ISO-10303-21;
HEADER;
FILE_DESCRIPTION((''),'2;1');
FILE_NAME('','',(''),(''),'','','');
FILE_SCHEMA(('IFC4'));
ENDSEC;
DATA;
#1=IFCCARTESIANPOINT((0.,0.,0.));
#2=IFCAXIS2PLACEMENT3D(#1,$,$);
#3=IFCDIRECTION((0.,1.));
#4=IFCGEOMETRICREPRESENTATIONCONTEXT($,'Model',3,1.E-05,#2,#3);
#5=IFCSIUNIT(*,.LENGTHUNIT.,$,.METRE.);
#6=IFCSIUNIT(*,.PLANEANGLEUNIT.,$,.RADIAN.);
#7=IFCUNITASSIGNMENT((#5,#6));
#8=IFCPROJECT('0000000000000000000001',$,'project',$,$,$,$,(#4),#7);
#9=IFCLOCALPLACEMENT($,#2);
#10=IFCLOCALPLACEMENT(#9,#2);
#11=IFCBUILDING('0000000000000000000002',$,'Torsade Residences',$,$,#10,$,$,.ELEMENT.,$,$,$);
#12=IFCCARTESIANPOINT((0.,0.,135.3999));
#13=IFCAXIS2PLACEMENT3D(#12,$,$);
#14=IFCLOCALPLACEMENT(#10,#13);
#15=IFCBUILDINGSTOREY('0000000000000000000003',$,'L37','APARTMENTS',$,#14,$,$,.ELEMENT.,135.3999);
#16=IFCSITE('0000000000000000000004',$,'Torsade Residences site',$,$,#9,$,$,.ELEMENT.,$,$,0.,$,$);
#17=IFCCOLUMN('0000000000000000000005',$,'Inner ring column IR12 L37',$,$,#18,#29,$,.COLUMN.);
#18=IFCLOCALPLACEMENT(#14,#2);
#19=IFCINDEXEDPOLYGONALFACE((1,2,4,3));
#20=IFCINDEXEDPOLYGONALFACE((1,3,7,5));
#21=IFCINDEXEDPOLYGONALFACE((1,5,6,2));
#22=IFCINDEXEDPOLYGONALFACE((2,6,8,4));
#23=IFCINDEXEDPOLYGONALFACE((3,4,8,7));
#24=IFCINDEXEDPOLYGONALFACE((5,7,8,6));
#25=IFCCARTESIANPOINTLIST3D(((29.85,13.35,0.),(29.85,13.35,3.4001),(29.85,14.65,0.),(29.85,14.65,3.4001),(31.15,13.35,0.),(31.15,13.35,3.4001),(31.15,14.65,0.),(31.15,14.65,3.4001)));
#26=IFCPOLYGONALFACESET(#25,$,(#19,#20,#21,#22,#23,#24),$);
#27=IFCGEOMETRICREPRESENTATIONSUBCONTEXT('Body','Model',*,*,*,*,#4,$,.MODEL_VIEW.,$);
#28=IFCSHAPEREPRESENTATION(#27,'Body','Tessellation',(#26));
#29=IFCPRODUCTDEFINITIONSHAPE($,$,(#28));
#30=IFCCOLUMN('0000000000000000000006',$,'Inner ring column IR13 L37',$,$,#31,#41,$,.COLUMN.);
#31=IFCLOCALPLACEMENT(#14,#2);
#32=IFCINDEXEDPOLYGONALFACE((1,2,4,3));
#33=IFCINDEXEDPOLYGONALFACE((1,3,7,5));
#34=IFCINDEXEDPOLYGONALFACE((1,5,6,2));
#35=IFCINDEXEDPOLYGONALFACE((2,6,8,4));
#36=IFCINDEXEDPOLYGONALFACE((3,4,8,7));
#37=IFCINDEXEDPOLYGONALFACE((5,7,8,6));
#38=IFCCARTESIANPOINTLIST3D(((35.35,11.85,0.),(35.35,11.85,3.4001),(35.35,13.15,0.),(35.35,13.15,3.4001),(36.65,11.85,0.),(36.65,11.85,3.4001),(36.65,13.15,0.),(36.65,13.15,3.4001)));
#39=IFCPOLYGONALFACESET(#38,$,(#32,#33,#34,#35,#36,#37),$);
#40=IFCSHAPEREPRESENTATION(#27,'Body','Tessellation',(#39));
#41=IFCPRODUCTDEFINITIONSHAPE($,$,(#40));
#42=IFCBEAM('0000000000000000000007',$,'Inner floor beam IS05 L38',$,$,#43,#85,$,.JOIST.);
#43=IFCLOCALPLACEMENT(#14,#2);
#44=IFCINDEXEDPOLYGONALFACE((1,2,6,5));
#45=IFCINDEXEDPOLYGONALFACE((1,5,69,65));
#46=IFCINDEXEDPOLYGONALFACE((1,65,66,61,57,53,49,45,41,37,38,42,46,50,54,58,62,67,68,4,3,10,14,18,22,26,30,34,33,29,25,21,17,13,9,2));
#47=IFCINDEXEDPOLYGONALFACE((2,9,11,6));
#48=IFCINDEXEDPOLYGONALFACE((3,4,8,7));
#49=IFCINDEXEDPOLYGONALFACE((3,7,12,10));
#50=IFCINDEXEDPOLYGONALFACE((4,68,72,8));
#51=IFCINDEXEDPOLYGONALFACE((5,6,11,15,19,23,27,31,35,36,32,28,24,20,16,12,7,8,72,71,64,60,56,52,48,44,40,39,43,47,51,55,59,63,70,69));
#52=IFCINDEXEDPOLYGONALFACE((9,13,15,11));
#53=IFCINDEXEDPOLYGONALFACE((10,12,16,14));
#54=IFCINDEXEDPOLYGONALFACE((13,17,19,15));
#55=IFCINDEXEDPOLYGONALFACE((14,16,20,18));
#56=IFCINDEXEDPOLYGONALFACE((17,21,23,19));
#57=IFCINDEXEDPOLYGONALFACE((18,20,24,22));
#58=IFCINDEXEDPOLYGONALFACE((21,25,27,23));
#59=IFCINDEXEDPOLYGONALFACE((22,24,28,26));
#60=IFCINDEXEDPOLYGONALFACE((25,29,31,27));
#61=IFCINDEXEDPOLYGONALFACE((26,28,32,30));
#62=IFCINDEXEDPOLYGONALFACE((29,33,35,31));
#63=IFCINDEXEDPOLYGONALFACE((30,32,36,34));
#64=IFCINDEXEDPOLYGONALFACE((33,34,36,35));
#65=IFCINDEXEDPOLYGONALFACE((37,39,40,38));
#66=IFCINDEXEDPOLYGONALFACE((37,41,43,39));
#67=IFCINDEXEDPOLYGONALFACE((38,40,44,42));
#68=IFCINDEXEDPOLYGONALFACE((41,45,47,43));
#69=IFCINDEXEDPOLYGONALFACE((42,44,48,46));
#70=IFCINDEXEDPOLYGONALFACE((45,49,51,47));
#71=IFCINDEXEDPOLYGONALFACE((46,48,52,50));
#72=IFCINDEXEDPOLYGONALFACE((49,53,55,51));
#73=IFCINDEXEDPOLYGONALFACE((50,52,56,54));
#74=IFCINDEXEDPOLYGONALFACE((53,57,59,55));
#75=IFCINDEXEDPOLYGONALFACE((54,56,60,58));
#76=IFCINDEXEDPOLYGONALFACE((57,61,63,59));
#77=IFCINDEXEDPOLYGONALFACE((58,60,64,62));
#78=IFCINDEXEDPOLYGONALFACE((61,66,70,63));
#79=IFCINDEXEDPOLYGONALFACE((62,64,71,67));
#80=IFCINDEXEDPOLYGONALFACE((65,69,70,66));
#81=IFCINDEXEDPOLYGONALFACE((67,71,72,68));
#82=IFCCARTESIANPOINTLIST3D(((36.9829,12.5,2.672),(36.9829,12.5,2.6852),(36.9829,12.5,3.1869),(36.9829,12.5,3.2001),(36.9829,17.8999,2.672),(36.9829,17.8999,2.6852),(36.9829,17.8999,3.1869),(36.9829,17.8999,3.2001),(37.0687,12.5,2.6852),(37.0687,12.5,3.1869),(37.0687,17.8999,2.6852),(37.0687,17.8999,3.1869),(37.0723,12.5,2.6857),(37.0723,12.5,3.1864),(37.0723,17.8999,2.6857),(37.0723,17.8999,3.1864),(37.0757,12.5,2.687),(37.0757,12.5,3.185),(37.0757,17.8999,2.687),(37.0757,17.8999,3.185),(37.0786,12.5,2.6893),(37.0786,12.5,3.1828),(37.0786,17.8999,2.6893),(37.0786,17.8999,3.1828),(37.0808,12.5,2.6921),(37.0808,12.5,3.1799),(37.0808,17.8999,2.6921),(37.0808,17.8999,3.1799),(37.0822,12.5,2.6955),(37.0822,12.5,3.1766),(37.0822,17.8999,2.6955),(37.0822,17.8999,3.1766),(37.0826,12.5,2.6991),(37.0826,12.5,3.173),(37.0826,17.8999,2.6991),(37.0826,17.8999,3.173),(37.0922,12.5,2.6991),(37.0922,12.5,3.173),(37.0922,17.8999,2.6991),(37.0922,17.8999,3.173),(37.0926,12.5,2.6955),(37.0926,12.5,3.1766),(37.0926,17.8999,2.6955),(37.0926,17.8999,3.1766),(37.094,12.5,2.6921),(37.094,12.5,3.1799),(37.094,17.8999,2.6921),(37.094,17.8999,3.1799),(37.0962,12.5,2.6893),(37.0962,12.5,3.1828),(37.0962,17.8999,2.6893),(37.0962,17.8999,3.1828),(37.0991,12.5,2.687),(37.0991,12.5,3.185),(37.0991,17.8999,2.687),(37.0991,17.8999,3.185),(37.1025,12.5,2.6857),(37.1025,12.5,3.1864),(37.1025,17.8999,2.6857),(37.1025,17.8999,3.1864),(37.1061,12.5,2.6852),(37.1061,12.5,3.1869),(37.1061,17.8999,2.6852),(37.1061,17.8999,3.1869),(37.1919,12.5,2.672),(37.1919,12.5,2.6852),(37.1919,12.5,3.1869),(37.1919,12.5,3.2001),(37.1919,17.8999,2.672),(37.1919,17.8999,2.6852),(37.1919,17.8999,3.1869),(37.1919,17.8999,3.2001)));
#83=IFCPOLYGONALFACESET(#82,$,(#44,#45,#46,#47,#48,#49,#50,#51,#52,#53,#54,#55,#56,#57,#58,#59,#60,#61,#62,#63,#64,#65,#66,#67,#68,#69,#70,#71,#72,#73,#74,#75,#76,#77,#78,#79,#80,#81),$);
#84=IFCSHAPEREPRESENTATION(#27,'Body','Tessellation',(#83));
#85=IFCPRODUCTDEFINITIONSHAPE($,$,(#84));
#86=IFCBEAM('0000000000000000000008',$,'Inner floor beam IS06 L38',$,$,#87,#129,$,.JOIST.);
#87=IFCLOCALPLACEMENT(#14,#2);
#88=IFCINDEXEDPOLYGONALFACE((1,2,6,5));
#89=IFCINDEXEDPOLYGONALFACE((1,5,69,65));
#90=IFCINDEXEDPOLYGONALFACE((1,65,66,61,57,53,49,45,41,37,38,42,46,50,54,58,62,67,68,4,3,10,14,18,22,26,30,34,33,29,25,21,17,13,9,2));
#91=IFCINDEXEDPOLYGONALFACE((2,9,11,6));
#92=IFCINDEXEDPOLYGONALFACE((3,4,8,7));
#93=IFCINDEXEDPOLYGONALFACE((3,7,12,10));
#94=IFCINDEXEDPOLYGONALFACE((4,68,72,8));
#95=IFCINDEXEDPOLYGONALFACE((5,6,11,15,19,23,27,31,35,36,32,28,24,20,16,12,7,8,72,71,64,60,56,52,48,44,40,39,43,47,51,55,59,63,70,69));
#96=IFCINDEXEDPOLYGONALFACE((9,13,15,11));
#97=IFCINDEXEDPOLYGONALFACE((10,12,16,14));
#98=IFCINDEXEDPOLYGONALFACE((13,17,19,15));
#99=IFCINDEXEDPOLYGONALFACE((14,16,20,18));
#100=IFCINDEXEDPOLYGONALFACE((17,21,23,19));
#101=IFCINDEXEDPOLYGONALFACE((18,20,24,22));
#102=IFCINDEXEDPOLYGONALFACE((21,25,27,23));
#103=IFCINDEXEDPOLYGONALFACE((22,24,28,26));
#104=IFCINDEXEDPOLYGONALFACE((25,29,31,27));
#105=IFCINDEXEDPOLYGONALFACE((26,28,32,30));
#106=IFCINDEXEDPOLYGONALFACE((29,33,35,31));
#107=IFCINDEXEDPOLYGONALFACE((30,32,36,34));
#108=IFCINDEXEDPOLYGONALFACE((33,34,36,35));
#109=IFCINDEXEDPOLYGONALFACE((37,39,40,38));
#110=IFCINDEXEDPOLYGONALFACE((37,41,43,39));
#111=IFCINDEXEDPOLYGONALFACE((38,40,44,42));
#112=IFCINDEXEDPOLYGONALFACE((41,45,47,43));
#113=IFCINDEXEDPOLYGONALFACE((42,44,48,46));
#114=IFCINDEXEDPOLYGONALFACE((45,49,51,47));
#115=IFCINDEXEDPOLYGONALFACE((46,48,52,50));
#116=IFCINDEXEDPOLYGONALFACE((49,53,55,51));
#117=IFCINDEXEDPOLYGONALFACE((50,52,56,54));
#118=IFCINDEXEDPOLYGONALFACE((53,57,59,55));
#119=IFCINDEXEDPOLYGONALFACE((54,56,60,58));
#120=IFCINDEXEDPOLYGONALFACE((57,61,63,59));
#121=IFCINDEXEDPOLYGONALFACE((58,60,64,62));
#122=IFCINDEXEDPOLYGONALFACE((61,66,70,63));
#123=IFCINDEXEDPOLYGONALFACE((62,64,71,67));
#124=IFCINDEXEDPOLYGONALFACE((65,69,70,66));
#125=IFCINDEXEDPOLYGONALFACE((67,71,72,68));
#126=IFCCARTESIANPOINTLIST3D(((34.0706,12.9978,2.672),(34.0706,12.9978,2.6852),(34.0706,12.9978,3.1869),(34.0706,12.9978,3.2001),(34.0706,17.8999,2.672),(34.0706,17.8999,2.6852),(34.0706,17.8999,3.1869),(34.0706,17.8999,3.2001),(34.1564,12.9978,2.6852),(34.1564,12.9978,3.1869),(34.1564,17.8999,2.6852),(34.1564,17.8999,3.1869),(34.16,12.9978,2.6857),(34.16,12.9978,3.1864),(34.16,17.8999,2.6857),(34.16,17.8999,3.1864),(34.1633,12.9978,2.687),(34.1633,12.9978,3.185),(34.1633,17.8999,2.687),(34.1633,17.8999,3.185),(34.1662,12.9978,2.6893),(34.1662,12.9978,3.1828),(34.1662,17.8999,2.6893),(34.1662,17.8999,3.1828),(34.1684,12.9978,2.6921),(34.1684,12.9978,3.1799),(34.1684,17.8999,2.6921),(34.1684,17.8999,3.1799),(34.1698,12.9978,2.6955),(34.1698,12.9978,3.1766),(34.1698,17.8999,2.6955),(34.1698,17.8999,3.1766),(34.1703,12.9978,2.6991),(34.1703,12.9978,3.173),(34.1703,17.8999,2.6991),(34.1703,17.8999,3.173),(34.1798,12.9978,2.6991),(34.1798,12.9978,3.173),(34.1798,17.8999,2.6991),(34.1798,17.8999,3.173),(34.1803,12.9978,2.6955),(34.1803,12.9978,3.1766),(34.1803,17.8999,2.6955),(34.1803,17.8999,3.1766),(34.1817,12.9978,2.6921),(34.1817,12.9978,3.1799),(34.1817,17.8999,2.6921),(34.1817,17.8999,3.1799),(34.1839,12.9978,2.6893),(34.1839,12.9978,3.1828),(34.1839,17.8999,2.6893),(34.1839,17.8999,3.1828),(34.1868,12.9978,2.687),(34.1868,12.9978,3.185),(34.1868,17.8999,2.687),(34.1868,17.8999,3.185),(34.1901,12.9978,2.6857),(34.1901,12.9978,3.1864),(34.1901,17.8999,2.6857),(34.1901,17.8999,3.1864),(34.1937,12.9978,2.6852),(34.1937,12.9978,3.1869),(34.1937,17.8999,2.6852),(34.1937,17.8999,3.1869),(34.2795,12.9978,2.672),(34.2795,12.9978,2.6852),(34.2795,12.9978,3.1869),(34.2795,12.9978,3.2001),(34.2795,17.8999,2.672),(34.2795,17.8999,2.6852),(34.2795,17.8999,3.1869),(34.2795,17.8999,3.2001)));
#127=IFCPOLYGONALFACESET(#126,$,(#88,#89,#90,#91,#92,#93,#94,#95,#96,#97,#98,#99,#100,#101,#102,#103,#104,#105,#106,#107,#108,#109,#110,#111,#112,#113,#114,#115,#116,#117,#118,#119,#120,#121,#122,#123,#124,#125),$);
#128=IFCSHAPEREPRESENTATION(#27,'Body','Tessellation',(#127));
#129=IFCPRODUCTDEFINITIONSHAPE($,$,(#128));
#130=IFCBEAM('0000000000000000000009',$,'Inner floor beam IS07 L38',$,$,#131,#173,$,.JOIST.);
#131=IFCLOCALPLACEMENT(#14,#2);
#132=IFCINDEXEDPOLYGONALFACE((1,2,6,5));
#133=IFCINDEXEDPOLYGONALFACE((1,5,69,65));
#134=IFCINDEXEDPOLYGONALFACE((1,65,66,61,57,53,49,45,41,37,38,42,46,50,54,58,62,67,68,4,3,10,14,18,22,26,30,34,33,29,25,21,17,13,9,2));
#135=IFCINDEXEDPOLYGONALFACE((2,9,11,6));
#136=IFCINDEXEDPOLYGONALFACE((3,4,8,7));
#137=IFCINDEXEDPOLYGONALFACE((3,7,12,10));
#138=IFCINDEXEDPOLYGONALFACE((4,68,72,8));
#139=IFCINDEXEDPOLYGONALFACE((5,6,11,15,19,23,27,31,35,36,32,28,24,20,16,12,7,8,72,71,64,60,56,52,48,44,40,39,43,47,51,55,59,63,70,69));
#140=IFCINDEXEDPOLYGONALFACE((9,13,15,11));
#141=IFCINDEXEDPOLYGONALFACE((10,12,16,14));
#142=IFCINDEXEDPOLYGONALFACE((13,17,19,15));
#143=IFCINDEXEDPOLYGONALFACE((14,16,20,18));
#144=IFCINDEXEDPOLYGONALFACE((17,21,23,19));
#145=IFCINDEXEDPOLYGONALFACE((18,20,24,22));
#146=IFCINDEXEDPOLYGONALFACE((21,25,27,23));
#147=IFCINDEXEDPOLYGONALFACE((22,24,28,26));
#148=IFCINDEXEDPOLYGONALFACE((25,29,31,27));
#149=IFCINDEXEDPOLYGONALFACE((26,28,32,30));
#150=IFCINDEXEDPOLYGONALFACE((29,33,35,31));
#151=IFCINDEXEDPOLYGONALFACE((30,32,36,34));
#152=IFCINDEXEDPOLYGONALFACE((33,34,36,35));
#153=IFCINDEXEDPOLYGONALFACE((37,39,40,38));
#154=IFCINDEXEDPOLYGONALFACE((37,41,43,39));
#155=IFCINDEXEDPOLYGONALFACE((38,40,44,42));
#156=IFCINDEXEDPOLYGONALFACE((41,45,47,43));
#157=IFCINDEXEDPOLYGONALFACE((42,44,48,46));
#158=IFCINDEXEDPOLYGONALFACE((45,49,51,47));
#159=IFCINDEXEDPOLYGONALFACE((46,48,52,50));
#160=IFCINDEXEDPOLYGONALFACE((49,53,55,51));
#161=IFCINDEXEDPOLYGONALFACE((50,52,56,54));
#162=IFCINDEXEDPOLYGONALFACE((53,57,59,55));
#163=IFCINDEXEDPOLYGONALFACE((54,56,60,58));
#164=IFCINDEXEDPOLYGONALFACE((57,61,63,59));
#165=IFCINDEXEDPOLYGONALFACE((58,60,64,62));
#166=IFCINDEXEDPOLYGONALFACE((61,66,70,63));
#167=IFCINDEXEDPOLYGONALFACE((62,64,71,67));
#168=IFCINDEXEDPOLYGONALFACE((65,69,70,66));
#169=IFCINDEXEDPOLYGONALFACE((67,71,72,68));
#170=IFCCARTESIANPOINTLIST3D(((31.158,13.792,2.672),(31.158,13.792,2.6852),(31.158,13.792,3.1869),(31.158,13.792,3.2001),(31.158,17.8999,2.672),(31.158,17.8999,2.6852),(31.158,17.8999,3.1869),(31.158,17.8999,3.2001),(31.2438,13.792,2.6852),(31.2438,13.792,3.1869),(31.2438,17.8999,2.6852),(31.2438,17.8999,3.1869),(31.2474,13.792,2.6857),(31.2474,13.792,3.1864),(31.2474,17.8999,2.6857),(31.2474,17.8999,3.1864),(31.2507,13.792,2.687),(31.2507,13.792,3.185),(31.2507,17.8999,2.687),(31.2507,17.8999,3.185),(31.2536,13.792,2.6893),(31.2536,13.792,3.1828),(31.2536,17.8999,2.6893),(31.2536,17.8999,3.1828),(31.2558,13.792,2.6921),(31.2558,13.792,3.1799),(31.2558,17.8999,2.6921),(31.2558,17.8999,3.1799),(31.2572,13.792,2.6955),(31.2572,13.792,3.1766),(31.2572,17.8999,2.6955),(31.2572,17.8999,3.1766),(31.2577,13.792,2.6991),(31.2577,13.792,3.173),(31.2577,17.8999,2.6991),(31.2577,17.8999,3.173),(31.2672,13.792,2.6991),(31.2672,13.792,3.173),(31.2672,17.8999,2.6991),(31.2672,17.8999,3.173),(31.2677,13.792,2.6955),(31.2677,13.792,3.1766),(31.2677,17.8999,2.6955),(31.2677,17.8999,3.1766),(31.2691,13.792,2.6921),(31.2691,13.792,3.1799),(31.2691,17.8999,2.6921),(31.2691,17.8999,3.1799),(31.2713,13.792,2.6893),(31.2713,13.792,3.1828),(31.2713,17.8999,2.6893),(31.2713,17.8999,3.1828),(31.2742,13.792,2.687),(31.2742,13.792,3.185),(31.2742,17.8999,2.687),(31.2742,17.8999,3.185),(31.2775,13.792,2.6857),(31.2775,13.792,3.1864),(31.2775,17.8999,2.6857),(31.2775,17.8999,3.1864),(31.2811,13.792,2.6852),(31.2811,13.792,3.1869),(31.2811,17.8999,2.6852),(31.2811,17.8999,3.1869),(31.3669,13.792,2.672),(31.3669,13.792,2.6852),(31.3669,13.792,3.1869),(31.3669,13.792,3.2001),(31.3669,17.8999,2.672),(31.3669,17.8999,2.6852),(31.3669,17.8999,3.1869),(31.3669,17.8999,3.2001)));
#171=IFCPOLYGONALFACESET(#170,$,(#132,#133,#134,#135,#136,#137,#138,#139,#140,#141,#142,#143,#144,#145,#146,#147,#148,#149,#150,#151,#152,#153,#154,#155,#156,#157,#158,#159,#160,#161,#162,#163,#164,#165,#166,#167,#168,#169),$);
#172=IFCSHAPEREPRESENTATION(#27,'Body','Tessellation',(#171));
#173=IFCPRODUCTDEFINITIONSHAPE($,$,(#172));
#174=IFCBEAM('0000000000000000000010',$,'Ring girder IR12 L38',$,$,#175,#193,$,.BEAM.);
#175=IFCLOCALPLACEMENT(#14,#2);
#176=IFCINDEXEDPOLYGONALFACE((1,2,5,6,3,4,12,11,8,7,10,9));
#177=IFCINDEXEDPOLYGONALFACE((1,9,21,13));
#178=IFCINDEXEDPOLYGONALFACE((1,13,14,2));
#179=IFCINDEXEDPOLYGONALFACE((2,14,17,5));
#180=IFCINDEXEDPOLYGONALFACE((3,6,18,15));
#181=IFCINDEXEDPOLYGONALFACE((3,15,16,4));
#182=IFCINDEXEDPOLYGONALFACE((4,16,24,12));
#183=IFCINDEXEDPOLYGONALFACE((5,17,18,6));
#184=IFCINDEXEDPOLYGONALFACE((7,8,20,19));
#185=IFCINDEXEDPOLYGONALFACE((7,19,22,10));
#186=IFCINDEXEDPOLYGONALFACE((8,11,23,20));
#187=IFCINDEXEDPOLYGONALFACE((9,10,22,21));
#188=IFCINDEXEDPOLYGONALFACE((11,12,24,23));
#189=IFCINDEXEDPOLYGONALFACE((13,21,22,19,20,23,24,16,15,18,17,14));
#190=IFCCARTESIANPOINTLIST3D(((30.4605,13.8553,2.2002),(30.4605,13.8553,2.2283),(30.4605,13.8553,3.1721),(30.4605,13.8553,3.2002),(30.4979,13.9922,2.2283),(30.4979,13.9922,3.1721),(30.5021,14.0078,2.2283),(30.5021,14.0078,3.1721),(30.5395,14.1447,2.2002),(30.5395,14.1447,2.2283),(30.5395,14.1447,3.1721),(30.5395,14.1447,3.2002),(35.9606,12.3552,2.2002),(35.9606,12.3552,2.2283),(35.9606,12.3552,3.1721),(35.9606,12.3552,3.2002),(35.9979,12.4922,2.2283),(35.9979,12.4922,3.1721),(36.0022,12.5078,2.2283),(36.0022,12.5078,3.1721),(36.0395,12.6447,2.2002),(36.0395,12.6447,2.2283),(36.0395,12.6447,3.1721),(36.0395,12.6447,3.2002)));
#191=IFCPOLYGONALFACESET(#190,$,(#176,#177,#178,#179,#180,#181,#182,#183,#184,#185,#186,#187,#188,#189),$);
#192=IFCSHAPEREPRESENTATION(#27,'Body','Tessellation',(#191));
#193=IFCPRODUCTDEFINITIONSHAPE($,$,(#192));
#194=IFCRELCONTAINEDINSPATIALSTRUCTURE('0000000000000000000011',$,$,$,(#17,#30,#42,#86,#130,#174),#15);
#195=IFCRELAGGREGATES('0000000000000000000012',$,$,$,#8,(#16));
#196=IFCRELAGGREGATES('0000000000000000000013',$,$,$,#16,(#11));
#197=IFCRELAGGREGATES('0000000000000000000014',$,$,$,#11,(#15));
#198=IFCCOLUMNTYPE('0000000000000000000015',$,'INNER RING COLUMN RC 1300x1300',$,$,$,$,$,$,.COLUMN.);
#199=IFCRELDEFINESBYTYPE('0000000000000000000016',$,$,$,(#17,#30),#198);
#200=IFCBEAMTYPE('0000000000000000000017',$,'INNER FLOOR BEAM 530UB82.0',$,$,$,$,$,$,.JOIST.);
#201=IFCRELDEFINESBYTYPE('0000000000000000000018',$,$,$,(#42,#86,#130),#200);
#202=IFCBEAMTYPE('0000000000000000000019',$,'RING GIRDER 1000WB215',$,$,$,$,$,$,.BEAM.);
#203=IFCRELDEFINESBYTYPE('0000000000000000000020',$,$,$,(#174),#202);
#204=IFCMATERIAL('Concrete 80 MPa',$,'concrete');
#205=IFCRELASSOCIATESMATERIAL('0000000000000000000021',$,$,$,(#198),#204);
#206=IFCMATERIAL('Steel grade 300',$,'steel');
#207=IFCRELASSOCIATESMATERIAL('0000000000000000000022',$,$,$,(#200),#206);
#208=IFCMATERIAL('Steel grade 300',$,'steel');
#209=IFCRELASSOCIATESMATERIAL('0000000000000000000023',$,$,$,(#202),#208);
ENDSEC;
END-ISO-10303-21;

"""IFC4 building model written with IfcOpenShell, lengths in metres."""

from ifc_helpers import new_model, si_unit, direction, frame, origin, origin_2d, place, context, subcontext, project, spatial, rectangle, i_section, extrude, material, material_profile, profile_set, type_object, element, save


model = new_model("IFC4")

# Units and contexts
model_context = context("Model", 3, precision=1e-05, world=origin(), true_north=direction((0.0, 1.0)))
body_context = subcontext(model_context, "Body", "Model", "MODEL_VIEW")
ifc_project = project(units=[si_unit("LENGTHUNIT", "METRE"), si_unit("PLANEANGLEUNIT", "RADIAN")], contexts=[model_context])

# Site, building, storey
site_placement = place(None, origin())
site = spatial("IfcSite", under=ifc_project, at=site_placement, Name="Torsade Residences site", CompositionType="ELEMENT", RefElevation=0.0)
building_placement = place(site_placement, origin())
building = spatial("IfcBuilding", under=site, at=building_placement, Name="Torsade Residences", CompositionType="ELEMENT")
storey_placement = place(building_placement, frame((0.0, 0.0, 135.3999)))
storey = spatial("IfcBuildingStorey", under=building, at=storey_placement, Name="L37", Description="APARTMENTS", CompositionType="ELEMENT", Elevation=135.3999)

# Columns
ifc_material_1 = material(Name="Concrete 80 MPa", Category="concrete")
ifc_material_profile_1 = material_profile(ifc_material_1, rectangle(XDim=1.3, YDim=1.3, at=origin_2d()), Name="RC 1300x1300")
ifc_profile_set_1 = profile_set([ifc_material_profile_1], Name="Concrete 80 MPa")
column_type = type_object("IfcColumnType", Name="INNER RING COLUMN RC 1300x1300", PredefinedType="COLUMN", material=ifc_profile_set_1)
for number, where, z_axis, x_axis, name in (
    (1, (30.5, 14.0, 0.0), (0.0, 0.0, 1.0), (1.0, 0.0, 0.0), "Inner ring column IR12 L37"),
    (2, (36.0, 12.5, 0.0), (0.0, 0.0, 1.0), (1.0, 0.0, 0.0), "Inner ring column IR13 L37"),
):
    element("IfcColumn", number, at=place(storey_placement, frame(where, z_axis=z_axis, x_axis=x_axis)), inside=storey, type_object=column_type, Name=name, PredefinedType="COLUMN", context=body_context, shape_type="SweptSolid", body=[
        extrude(rectangle(XDim=1.3, YDim=1.3, at=origin_2d()), origin(), (0.0, 0.0, 1.0), 3.4001),
    ])

# Beams
ifc_material_2 = material(Name="Steel grade 300", Category="steel")
ifc_material_profile_2 = material_profile(ifc_material_2, i_section(OverallWidth=0.209, OverallDepth=0.5281, WebThickness=0.0095, FlangeThickness=0.0132, FilletRadius=0.0139, at=origin_2d()), Name="530UB82.0")
ifc_profile_set_2 = profile_set([ifc_material_profile_2], Name="Steel grade 300")
beam_type_1 = type_object("IfcBeamType", Name="INNER FLOOR BEAM 530UB82.0", PredefinedType="JOIST", material=ifc_profile_set_2)
beam_1_placement = place(storey_placement, frame((37.0874, 17.8999, 2.936), z_axis=(0.0, -1.0, 0.0), x_axis=(1.0, 0.0, 0.0)))
element("IfcBeam", 3, at=beam_1_placement, inside=storey, type_object=beam_type_1, Name="Inner floor beam IS05 L38", PredefinedType="JOIST", context=body_context, shape_type="SweptSolid", body=[
    extrude(i_section(OverallWidth=0.209, OverallDepth=0.5281, WebThickness=0.0095, FlangeThickness=0.0132, FilletRadius=0.0139, at=origin_2d()), origin(), (0.0, 0.0, 1.0), 5.3999),
])
beam_2_placement = place(storey_placement, frame((34.175, 17.8999, 2.936), z_axis=(0.0, -1.0, 0.0), x_axis=(1.0, 0.0, 0.0)))
element("IfcBeam", 4, at=beam_2_placement, inside=storey, type_object=beam_type_1, Name="Inner floor beam IS06 L38", PredefinedType="JOIST", context=body_context, shape_type="SweptSolid", body=[
    extrude(i_section(OverallWidth=0.209, OverallDepth=0.5281, WebThickness=0.0095, FlangeThickness=0.0132, FilletRadius=0.0139, at=origin_2d()), origin(), (0.0, 0.0, 1.0), 4.9021),
])
beam_3_placement = place(storey_placement, frame((31.2625, 17.8999, 2.936), z_axis=(0.0, -1.0, 0.0), x_axis=(1.0, 0.0, 0.0)))
element("IfcBeam", 5, at=beam_3_placement, inside=storey, type_object=beam_type_1, Name="Inner floor beam IS07 L38", PredefinedType="JOIST", context=body_context, shape_type="SweptSolid", body=[
    extrude(i_section(OverallWidth=0.209, OverallDepth=0.5281, WebThickness=0.0095, FlangeThickness=0.0132, FilletRadius=0.0139, at=origin_2d()), origin(), (0.0, 0.0, 1.0), 4.1079),
])
ifc_material_3 = material(Name="Steel grade 300", Category="steel")
ifc_material_profile_3 = material_profile(ifc_material_3, i_section(OverallWidth=0.3, OverallDepth=1.0, WebThickness=0.0161, FlangeThickness=0.0281, at=origin_2d()), Name="1000WB215")
ifc_profile_set_3 = profile_set([ifc_material_profile_3], Name="Steel grade 300")
beam_type_2 = type_object("IfcBeamType", Name="RING GIRDER 1000WB215", PredefinedType="BEAM", material=ifc_profile_set_3)
beam_4_placement = place(storey_placement, frame((30.5, 14.0, 2.7002), z_axis=(0.964764, -0.263117, 0.0), x_axis=(0.263117, 0.964764, 0.0)))
element("IfcBeam", 6, at=beam_4_placement, inside=storey, type_object=beam_type_2, Name="Ring girder IR12 L38", PredefinedType="BEAM", context=body_context, shape_type="SweptSolid", body=[
    extrude(i_section(OverallWidth=0.3, OverallDepth=1.0, WebThickness=0.0161, FlangeThickness=0.0281, at=origin_2d()), origin(), (0.0, 0.0, 1.0), 5.7009),
])

save(model, "model.ifc")
